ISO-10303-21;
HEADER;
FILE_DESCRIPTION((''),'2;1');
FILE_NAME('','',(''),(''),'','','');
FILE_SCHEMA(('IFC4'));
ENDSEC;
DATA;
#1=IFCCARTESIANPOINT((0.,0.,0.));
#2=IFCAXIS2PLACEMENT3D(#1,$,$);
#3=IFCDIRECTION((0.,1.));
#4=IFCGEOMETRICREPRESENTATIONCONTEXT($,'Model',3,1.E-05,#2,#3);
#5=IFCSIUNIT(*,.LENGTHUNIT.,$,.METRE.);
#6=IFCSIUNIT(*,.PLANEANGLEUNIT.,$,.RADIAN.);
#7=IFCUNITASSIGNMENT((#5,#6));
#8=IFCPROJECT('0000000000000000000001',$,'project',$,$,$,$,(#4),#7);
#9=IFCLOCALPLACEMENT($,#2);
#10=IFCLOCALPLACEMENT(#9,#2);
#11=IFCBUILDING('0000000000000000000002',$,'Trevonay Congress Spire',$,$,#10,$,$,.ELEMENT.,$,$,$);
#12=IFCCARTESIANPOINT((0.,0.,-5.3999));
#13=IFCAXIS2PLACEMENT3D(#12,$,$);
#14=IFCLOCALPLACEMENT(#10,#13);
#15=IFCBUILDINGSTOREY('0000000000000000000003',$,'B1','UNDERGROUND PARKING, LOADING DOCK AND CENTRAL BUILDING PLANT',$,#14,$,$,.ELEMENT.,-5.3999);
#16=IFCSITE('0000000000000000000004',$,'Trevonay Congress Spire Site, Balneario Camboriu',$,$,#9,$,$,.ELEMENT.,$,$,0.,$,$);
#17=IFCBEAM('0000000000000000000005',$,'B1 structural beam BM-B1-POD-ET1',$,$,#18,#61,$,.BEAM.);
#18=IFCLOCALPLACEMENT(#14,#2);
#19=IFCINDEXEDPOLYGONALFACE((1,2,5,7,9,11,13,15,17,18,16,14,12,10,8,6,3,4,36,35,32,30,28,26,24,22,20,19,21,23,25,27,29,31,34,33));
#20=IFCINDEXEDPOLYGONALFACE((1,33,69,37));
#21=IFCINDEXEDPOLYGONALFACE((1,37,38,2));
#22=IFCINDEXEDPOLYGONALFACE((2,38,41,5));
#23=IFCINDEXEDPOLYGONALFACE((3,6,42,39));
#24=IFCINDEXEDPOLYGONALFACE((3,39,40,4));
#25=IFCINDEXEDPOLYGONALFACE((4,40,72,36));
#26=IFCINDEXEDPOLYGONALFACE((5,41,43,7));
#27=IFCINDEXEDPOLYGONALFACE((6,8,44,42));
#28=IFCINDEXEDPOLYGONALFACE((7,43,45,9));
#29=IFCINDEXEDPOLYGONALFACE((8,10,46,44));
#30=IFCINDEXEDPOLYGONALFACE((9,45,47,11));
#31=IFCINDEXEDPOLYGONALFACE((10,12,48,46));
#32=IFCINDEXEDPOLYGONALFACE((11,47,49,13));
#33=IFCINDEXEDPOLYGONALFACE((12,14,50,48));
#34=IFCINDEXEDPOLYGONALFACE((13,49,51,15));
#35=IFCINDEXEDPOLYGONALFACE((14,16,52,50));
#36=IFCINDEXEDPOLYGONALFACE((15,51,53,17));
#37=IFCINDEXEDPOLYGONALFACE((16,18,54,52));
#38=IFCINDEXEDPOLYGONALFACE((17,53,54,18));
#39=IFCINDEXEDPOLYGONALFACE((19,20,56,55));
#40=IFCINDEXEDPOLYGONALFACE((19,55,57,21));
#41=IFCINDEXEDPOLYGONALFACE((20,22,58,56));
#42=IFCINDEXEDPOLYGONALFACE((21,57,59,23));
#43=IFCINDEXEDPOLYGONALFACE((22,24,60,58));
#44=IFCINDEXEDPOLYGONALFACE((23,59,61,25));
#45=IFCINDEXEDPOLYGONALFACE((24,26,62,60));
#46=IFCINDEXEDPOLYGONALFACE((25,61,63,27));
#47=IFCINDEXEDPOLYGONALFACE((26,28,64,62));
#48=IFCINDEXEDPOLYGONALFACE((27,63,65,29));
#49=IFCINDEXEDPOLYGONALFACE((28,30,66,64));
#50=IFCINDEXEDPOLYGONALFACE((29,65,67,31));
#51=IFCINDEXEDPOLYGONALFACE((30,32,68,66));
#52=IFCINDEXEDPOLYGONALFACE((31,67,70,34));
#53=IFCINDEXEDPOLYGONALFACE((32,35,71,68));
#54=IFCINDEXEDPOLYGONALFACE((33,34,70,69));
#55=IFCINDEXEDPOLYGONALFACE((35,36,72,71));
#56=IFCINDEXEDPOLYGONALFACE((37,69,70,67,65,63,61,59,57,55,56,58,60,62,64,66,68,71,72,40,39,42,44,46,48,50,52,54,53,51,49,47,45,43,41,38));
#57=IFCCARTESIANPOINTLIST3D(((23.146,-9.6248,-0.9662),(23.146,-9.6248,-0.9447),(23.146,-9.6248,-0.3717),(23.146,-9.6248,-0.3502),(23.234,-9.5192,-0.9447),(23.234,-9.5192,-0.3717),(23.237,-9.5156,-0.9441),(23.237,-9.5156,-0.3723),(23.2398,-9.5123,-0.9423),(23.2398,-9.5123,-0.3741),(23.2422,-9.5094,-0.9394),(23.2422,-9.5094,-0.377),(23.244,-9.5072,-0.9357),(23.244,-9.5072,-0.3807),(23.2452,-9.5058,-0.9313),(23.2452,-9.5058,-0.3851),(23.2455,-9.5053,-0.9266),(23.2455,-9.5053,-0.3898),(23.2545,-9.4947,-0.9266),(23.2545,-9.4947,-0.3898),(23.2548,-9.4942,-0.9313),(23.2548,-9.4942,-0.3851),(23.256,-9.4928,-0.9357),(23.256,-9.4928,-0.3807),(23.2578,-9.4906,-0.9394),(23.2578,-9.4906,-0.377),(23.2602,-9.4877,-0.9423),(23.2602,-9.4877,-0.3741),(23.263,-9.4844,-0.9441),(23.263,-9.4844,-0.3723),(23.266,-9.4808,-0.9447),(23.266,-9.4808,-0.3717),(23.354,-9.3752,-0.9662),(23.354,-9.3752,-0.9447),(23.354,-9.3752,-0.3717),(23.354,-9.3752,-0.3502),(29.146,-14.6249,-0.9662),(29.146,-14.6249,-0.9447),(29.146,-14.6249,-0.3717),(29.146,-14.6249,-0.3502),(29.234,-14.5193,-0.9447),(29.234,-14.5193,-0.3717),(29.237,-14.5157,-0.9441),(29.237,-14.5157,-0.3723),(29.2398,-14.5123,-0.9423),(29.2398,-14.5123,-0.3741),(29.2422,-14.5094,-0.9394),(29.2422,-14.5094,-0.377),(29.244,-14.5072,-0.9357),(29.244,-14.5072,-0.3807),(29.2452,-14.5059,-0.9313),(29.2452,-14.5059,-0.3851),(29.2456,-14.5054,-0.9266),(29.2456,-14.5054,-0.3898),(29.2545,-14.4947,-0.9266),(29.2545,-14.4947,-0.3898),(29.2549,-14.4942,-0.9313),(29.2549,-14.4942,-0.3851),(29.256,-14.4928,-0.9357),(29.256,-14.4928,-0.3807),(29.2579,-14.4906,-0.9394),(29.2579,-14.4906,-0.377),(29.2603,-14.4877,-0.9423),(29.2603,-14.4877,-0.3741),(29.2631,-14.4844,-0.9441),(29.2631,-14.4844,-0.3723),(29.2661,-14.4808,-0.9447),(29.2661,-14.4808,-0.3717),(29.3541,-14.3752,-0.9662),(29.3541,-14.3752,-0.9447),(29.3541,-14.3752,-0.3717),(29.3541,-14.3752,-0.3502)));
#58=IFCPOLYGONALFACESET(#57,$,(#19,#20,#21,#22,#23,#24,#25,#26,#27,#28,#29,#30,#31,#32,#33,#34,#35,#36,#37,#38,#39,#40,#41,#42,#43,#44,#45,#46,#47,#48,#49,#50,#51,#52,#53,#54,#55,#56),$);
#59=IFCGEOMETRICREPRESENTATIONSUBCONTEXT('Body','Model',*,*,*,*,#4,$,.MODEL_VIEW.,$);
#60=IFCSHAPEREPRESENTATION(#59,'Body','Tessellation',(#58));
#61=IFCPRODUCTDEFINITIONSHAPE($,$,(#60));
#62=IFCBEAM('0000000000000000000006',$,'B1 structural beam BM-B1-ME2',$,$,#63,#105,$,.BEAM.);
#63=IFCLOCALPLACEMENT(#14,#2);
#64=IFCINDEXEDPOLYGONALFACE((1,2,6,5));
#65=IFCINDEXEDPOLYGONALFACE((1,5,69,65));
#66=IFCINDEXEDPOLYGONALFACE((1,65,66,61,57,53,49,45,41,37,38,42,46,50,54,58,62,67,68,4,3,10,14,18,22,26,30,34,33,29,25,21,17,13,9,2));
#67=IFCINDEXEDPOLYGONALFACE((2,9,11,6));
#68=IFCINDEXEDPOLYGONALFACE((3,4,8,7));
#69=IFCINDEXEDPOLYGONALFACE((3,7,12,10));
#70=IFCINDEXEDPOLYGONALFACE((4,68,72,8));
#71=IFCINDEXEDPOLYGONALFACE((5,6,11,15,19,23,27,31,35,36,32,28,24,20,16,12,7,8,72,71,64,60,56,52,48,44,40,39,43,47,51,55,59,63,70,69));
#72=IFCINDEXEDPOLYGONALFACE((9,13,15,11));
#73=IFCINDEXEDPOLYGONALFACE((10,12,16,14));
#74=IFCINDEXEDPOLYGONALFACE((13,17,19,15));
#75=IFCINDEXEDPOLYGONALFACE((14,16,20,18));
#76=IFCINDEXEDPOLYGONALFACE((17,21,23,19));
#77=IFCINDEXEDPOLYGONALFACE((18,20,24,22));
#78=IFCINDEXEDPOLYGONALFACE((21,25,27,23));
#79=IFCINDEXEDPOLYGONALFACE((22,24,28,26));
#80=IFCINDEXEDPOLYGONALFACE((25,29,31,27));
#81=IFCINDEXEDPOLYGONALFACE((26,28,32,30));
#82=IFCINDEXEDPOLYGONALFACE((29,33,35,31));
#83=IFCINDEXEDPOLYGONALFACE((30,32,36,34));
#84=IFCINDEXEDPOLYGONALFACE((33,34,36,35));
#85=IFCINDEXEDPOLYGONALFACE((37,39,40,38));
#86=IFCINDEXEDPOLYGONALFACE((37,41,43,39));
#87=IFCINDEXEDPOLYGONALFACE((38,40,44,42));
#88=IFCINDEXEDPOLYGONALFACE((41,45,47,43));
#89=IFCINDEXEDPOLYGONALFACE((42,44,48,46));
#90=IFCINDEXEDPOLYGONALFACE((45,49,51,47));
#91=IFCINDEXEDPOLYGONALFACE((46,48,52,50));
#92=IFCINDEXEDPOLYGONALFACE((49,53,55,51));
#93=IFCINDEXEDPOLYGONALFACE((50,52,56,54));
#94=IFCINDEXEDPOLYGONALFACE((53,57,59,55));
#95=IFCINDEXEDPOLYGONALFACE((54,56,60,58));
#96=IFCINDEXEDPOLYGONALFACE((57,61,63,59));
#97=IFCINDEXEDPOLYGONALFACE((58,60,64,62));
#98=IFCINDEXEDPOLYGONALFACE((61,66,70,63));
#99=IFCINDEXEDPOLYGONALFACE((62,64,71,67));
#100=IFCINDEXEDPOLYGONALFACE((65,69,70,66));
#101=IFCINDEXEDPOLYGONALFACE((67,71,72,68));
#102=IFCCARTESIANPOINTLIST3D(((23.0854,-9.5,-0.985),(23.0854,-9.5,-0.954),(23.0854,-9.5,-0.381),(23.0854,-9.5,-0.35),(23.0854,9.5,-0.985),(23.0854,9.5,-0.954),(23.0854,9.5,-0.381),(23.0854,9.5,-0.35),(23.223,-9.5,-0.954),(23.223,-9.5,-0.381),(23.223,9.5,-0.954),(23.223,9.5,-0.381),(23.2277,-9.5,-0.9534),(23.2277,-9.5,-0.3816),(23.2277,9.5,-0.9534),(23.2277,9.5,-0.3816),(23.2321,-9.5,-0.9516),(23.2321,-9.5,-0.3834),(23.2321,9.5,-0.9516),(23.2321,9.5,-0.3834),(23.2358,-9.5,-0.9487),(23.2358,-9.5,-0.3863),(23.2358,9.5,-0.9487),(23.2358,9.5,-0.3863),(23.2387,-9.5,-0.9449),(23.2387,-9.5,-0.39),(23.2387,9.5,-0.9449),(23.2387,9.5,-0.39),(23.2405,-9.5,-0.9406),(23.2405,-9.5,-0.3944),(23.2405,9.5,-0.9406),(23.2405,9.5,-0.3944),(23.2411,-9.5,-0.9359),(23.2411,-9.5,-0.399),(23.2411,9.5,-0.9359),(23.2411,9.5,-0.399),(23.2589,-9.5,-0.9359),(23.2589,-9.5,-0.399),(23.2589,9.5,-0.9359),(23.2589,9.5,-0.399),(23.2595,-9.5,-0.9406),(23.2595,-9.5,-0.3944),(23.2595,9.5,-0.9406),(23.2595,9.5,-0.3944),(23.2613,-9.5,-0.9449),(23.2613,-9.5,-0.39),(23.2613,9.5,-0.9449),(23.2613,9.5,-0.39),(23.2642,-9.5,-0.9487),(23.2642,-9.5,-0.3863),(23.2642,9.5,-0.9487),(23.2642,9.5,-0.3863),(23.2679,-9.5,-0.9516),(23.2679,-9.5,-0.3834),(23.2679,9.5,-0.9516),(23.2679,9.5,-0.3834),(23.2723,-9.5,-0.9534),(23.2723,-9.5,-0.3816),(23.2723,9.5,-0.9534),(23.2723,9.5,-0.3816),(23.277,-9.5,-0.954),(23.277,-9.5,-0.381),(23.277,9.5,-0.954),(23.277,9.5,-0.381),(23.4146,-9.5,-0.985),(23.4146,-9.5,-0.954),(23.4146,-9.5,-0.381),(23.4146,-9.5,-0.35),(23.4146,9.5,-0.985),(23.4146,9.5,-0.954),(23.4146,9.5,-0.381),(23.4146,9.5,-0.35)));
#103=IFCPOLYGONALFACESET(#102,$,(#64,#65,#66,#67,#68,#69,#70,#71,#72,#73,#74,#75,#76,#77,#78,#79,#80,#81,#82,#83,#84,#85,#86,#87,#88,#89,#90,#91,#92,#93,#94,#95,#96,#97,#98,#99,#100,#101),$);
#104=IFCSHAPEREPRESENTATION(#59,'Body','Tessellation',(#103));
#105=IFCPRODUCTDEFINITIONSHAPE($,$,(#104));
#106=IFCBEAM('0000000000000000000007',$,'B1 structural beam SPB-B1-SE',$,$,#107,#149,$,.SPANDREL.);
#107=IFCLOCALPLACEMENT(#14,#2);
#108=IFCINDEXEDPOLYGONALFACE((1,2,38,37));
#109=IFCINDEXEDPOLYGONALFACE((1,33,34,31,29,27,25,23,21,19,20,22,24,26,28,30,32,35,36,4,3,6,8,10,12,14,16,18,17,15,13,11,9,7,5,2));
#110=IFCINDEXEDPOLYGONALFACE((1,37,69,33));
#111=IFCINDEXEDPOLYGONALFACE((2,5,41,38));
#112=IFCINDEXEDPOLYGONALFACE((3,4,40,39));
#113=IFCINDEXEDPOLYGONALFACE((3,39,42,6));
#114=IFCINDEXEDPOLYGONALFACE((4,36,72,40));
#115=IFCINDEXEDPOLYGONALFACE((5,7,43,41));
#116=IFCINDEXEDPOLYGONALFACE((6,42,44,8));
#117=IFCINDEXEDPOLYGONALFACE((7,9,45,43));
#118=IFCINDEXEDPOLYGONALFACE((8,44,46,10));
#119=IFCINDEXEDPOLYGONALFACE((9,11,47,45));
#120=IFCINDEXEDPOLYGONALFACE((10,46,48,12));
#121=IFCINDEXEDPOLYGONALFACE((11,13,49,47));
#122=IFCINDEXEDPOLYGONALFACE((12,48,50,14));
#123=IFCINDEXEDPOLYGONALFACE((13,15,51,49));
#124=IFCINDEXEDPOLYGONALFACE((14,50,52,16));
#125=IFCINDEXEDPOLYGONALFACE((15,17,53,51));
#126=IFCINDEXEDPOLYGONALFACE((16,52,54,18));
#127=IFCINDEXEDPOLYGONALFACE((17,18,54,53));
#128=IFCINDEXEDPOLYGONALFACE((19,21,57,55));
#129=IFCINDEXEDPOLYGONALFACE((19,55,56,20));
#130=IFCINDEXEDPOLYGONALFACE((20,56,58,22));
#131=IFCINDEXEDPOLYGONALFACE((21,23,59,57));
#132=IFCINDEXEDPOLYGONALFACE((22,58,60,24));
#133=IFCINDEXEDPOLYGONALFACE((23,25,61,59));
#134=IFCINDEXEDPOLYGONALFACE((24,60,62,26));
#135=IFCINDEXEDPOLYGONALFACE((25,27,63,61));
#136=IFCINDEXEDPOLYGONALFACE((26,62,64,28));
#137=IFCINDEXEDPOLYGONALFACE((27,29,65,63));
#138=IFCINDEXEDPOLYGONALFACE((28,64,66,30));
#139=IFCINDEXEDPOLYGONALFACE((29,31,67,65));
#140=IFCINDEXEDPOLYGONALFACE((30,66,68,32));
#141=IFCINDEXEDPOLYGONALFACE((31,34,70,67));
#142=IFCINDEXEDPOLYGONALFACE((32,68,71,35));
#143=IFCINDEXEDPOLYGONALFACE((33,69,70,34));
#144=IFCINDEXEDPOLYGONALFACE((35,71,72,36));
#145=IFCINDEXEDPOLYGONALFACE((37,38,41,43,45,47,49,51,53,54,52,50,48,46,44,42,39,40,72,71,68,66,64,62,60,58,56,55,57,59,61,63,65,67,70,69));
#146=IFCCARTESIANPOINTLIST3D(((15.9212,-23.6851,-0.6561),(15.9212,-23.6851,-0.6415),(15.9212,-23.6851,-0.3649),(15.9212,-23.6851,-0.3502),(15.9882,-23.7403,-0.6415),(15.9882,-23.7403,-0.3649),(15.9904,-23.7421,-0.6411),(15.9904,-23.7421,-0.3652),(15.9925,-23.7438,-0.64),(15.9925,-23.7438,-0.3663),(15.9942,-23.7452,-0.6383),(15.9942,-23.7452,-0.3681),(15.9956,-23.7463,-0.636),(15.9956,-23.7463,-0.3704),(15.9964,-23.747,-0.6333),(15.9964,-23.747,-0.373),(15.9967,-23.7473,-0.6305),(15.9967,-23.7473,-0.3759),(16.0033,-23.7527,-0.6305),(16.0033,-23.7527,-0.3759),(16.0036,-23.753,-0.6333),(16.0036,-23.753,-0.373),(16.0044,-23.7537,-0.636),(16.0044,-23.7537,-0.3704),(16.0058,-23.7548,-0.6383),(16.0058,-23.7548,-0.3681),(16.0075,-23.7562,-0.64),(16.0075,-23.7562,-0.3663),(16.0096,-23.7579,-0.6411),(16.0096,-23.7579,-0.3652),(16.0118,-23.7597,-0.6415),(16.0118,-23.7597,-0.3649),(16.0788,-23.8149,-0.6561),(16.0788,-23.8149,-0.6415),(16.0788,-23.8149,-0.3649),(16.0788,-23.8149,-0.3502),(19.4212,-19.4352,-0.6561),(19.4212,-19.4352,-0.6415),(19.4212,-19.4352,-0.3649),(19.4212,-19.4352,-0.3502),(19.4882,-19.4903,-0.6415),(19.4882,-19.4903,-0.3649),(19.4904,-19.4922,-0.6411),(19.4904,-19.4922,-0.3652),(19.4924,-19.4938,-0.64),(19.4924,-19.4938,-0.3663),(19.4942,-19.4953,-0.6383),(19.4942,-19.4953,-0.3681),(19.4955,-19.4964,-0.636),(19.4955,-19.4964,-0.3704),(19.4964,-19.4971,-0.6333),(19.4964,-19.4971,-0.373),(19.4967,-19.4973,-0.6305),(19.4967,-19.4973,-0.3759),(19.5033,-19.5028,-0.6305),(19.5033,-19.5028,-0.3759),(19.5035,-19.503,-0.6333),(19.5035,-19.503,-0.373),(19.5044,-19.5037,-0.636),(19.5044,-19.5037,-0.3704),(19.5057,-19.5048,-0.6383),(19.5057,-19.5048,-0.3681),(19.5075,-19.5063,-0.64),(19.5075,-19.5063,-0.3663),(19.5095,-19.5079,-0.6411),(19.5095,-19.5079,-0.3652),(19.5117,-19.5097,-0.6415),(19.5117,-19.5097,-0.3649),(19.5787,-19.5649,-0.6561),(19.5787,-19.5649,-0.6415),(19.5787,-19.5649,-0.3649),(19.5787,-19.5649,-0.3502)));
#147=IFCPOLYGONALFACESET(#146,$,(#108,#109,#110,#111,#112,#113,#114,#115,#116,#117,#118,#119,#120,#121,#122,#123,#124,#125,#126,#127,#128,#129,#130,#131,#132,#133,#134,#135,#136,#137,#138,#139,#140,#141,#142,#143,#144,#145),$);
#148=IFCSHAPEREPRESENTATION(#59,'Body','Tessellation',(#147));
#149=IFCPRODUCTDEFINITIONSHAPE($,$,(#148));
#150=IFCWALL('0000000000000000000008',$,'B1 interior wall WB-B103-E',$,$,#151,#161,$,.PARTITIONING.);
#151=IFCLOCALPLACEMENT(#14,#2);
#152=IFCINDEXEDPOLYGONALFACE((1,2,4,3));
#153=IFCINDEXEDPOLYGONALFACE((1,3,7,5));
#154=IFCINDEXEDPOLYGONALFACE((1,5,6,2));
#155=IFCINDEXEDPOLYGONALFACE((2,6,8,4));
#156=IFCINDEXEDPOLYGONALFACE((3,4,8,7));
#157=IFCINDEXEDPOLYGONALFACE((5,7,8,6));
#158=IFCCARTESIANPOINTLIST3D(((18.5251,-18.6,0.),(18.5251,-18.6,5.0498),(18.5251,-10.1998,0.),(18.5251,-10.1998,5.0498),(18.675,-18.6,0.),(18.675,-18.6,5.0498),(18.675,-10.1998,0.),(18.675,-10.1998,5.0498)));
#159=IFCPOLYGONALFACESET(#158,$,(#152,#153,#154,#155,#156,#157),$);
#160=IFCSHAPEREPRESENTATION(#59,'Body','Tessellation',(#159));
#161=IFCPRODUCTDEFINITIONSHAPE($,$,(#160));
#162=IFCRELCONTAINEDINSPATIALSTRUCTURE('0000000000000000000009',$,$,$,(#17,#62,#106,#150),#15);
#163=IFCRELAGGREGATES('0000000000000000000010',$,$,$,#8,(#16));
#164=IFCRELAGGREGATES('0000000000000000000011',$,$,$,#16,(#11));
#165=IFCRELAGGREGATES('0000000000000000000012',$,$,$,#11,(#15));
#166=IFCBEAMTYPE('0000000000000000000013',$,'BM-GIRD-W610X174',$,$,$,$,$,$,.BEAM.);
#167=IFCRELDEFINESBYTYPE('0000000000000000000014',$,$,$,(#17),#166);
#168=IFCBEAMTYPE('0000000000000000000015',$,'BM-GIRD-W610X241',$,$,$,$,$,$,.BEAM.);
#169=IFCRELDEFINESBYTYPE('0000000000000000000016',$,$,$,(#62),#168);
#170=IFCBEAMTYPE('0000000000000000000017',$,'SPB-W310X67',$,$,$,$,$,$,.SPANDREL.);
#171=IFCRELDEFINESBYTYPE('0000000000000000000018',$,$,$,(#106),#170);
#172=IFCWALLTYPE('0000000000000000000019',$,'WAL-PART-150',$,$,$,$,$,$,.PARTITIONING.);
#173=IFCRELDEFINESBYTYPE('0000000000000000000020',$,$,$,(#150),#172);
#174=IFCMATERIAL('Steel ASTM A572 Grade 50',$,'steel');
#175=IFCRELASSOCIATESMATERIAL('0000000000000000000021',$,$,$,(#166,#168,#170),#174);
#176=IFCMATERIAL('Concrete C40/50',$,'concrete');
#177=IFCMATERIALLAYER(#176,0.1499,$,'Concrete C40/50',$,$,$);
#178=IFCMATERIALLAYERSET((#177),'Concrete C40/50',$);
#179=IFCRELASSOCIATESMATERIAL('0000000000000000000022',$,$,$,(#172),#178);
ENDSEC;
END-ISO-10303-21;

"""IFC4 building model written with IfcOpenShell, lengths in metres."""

from ifc_helpers import new_model, si_unit, direction, frame, frame_2d, origin, origin_2d, place, context, subcontext, project, spatial, rectangle, i_section, extrude, material, layer, layer_set, material_profile, profile_set, type_object, element, save


model = new_model("IFC4")

# Units and contexts
model_context = context("Model", 3, precision=1e-05, world=origin(), true_north=direction((0.0, 1.0)))
body_context = subcontext(model_context, "Body", "Model", "MODEL_VIEW")
ifc_project = project(units=[si_unit("LENGTHUNIT", "METRE"), si_unit("PLANEANGLEUNIT", "RADIAN")], contexts=[model_context])

# Site, building, storey
site_placement = place(None, origin())
site = spatial("IfcSite", under=ifc_project, at=site_placement, Name="Trevonay Congress Spire Site, Balneario Camboriu", CompositionType="ELEMENT", RefElevation=0.0)
building_placement = place(site_placement, origin())
building = spatial("IfcBuilding", under=site, at=building_placement, Name="Trevonay Congress Spire", CompositionType="ELEMENT")
storey_placement = place(building_placement, frame((0.0, 0.0, -5.3999)))
storey = spatial("IfcBuildingStorey", under=building, at=storey_placement, Name="B1", Description="UNDERGROUND PARKING, LOADING DOCK AND CENTRAL BUILDING PLANT", CompositionType="ELEMENT", Elevation=-5.3999)

# Beams
ifc_material_1 = material(Name="Steel ASTM A572 Grade 50", Category="steel")
ifc_material_profile_1 = material_profile(ifc_material_1, i_section(OverallWidth=0.325, OverallDepth=0.616, WebThickness=0.0139, FlangeThickness=0.0215, FilletRadius=0.0181, at=origin_2d()), Name="W610x174")
ifc_profile_set_1 = profile_set([ifc_material_profile_1], Name="Steel ASTM A572 Grade 50")
beam_type_1 = type_object("IfcBeamType", Name="BM-GIRD-W610X174", PredefinedType="BEAM", material=ifc_profile_set_1)
beam_1_placement = place(storey_placement, frame((23.25, -9.5, -0.6582), z_axis=(0.768221, -0.640184, 0.0), x_axis=(0.640184, 0.768221, 0.0)))
element("IfcBeam", 1, at=beam_1_placement, inside=storey, type_object=beam_type_1, Name="B1 structural beam BM-B1-POD-ET1", PredefinedType="BEAM", context=body_context, shape_type="SweptSolid", body=[
    extrude(i_section(OverallWidth=0.325, OverallDepth=0.616, WebThickness=0.0139, FlangeThickness=0.0215, FilletRadius=0.0181, at=origin_2d()), origin(), (0.0, 0.0, 1.0), 7.8103),
])
ifc_material_profile_2 = material_profile(ifc_material_1, i_section(OverallWidth=0.3291, OverallDepth=0.635, WebThickness=0.0178, FlangeThickness=0.031, FilletRadius=0.0181, at=origin_2d()), Name="W610x241")
ifc_profile_set_2 = profile_set([ifc_material_profile_2], Name="Steel ASTM A572 Grade 50")
beam_type_2 = type_object("IfcBeamType", Name="BM-GIRD-W610X241", PredefinedType="BEAM", material=ifc_profile_set_2)
beam_2_placement = place(storey_placement, frame((23.25, -9.5, -0.6675), z_axis=(0.0, 1.0, 0.0), x_axis=(-1.0, 0.0, 0.0)))
element("IfcBeam", 2, at=beam_2_placement, inside=storey, type_object=beam_type_2, Name="B1 structural beam BM-B1-ME2", PredefinedType="BEAM", context=body_context, shape_type="SweptSolid", body=[
    extrude(i_section(OverallWidth=0.3291, OverallDepth=0.635, WebThickness=0.0178, FlangeThickness=0.031, FilletRadius=0.0181, at=origin_2d()), origin(), (0.0, 0.0, 1.0), 19.0),
])
ifc_material_profile_3 = material_profile(ifc_material_1, i_section(OverallWidth=0.2041, OverallDepth=0.3059, WebThickness=0.0085, FlangeThickness=0.0146, FilletRadius=0.011, at=origin_2d()), Name="W310x67")
ifc_profile_set_3 = profile_set([ifc_material_profile_3], Name="Steel ASTM A572 Grade 50")
beam_type_3 = type_object("IfcBeamType", Name="SPB-W310X67", PredefinedType="SPANDREL", material=ifc_profile_set_3)
beam_3_placement = place(storey_placement, frame((16.0, -23.75, -0.5032), z_axis=(0.635707, 0.77193, 0.0), x_axis=(-0.77193, 0.635707, 0.0)))
element("IfcBeam", 3, at=beam_3_placement, inside=storey, type_object=beam_type_3, Name="B1 structural beam SPB-B1-SE", PredefinedType="SPANDREL", context=body_context, shape_type="SweptSolid", body=[
    extrude(i_section(OverallWidth=0.2041, OverallDepth=0.3059, WebThickness=0.0085, FlangeThickness=0.0146, FilletRadius=0.011, at=origin_2d()), origin(), (0.0, 0.0, 1.0), 5.5056),
])

# Wall
ifc_material_2 = material(Name="Concrete C40/50", Category="concrete")
ifc_layer_1 = layer(ifc_material_2, 0.1499, Name="Concrete C40/50")
ifc_layer_set_1 = layer_set([ifc_layer_1], Name="Concrete C40/50")
wall_type_1 = type_object("IfcWallType", Name="WAL-PART-150", PredefinedType="PARTITIONING", material=ifc_layer_set_1)
wall_1_placement = place(storey_placement, frame((18.6001, -18.6001, 0.0), z_axis=(0.0, 0.0, 1.0), x_axis=(0.0, 1.0, 0.0)))
element("IfcWall", 4, at=wall_1_placement, inside=storey, type_object=wall_type_1, Name="B1 interior wall WB-B103-E", PredefinedType="PARTITIONING", context=body_context, shape_type="SweptSolid", body=[
    extrude(rectangle(XDim=8.4001, YDim=0.1499, at=frame_2d((4.2002, 0.0))), origin(), (0.0, 0.0, 1.0), 5.0498),
])

save(model, "model.ifc")
